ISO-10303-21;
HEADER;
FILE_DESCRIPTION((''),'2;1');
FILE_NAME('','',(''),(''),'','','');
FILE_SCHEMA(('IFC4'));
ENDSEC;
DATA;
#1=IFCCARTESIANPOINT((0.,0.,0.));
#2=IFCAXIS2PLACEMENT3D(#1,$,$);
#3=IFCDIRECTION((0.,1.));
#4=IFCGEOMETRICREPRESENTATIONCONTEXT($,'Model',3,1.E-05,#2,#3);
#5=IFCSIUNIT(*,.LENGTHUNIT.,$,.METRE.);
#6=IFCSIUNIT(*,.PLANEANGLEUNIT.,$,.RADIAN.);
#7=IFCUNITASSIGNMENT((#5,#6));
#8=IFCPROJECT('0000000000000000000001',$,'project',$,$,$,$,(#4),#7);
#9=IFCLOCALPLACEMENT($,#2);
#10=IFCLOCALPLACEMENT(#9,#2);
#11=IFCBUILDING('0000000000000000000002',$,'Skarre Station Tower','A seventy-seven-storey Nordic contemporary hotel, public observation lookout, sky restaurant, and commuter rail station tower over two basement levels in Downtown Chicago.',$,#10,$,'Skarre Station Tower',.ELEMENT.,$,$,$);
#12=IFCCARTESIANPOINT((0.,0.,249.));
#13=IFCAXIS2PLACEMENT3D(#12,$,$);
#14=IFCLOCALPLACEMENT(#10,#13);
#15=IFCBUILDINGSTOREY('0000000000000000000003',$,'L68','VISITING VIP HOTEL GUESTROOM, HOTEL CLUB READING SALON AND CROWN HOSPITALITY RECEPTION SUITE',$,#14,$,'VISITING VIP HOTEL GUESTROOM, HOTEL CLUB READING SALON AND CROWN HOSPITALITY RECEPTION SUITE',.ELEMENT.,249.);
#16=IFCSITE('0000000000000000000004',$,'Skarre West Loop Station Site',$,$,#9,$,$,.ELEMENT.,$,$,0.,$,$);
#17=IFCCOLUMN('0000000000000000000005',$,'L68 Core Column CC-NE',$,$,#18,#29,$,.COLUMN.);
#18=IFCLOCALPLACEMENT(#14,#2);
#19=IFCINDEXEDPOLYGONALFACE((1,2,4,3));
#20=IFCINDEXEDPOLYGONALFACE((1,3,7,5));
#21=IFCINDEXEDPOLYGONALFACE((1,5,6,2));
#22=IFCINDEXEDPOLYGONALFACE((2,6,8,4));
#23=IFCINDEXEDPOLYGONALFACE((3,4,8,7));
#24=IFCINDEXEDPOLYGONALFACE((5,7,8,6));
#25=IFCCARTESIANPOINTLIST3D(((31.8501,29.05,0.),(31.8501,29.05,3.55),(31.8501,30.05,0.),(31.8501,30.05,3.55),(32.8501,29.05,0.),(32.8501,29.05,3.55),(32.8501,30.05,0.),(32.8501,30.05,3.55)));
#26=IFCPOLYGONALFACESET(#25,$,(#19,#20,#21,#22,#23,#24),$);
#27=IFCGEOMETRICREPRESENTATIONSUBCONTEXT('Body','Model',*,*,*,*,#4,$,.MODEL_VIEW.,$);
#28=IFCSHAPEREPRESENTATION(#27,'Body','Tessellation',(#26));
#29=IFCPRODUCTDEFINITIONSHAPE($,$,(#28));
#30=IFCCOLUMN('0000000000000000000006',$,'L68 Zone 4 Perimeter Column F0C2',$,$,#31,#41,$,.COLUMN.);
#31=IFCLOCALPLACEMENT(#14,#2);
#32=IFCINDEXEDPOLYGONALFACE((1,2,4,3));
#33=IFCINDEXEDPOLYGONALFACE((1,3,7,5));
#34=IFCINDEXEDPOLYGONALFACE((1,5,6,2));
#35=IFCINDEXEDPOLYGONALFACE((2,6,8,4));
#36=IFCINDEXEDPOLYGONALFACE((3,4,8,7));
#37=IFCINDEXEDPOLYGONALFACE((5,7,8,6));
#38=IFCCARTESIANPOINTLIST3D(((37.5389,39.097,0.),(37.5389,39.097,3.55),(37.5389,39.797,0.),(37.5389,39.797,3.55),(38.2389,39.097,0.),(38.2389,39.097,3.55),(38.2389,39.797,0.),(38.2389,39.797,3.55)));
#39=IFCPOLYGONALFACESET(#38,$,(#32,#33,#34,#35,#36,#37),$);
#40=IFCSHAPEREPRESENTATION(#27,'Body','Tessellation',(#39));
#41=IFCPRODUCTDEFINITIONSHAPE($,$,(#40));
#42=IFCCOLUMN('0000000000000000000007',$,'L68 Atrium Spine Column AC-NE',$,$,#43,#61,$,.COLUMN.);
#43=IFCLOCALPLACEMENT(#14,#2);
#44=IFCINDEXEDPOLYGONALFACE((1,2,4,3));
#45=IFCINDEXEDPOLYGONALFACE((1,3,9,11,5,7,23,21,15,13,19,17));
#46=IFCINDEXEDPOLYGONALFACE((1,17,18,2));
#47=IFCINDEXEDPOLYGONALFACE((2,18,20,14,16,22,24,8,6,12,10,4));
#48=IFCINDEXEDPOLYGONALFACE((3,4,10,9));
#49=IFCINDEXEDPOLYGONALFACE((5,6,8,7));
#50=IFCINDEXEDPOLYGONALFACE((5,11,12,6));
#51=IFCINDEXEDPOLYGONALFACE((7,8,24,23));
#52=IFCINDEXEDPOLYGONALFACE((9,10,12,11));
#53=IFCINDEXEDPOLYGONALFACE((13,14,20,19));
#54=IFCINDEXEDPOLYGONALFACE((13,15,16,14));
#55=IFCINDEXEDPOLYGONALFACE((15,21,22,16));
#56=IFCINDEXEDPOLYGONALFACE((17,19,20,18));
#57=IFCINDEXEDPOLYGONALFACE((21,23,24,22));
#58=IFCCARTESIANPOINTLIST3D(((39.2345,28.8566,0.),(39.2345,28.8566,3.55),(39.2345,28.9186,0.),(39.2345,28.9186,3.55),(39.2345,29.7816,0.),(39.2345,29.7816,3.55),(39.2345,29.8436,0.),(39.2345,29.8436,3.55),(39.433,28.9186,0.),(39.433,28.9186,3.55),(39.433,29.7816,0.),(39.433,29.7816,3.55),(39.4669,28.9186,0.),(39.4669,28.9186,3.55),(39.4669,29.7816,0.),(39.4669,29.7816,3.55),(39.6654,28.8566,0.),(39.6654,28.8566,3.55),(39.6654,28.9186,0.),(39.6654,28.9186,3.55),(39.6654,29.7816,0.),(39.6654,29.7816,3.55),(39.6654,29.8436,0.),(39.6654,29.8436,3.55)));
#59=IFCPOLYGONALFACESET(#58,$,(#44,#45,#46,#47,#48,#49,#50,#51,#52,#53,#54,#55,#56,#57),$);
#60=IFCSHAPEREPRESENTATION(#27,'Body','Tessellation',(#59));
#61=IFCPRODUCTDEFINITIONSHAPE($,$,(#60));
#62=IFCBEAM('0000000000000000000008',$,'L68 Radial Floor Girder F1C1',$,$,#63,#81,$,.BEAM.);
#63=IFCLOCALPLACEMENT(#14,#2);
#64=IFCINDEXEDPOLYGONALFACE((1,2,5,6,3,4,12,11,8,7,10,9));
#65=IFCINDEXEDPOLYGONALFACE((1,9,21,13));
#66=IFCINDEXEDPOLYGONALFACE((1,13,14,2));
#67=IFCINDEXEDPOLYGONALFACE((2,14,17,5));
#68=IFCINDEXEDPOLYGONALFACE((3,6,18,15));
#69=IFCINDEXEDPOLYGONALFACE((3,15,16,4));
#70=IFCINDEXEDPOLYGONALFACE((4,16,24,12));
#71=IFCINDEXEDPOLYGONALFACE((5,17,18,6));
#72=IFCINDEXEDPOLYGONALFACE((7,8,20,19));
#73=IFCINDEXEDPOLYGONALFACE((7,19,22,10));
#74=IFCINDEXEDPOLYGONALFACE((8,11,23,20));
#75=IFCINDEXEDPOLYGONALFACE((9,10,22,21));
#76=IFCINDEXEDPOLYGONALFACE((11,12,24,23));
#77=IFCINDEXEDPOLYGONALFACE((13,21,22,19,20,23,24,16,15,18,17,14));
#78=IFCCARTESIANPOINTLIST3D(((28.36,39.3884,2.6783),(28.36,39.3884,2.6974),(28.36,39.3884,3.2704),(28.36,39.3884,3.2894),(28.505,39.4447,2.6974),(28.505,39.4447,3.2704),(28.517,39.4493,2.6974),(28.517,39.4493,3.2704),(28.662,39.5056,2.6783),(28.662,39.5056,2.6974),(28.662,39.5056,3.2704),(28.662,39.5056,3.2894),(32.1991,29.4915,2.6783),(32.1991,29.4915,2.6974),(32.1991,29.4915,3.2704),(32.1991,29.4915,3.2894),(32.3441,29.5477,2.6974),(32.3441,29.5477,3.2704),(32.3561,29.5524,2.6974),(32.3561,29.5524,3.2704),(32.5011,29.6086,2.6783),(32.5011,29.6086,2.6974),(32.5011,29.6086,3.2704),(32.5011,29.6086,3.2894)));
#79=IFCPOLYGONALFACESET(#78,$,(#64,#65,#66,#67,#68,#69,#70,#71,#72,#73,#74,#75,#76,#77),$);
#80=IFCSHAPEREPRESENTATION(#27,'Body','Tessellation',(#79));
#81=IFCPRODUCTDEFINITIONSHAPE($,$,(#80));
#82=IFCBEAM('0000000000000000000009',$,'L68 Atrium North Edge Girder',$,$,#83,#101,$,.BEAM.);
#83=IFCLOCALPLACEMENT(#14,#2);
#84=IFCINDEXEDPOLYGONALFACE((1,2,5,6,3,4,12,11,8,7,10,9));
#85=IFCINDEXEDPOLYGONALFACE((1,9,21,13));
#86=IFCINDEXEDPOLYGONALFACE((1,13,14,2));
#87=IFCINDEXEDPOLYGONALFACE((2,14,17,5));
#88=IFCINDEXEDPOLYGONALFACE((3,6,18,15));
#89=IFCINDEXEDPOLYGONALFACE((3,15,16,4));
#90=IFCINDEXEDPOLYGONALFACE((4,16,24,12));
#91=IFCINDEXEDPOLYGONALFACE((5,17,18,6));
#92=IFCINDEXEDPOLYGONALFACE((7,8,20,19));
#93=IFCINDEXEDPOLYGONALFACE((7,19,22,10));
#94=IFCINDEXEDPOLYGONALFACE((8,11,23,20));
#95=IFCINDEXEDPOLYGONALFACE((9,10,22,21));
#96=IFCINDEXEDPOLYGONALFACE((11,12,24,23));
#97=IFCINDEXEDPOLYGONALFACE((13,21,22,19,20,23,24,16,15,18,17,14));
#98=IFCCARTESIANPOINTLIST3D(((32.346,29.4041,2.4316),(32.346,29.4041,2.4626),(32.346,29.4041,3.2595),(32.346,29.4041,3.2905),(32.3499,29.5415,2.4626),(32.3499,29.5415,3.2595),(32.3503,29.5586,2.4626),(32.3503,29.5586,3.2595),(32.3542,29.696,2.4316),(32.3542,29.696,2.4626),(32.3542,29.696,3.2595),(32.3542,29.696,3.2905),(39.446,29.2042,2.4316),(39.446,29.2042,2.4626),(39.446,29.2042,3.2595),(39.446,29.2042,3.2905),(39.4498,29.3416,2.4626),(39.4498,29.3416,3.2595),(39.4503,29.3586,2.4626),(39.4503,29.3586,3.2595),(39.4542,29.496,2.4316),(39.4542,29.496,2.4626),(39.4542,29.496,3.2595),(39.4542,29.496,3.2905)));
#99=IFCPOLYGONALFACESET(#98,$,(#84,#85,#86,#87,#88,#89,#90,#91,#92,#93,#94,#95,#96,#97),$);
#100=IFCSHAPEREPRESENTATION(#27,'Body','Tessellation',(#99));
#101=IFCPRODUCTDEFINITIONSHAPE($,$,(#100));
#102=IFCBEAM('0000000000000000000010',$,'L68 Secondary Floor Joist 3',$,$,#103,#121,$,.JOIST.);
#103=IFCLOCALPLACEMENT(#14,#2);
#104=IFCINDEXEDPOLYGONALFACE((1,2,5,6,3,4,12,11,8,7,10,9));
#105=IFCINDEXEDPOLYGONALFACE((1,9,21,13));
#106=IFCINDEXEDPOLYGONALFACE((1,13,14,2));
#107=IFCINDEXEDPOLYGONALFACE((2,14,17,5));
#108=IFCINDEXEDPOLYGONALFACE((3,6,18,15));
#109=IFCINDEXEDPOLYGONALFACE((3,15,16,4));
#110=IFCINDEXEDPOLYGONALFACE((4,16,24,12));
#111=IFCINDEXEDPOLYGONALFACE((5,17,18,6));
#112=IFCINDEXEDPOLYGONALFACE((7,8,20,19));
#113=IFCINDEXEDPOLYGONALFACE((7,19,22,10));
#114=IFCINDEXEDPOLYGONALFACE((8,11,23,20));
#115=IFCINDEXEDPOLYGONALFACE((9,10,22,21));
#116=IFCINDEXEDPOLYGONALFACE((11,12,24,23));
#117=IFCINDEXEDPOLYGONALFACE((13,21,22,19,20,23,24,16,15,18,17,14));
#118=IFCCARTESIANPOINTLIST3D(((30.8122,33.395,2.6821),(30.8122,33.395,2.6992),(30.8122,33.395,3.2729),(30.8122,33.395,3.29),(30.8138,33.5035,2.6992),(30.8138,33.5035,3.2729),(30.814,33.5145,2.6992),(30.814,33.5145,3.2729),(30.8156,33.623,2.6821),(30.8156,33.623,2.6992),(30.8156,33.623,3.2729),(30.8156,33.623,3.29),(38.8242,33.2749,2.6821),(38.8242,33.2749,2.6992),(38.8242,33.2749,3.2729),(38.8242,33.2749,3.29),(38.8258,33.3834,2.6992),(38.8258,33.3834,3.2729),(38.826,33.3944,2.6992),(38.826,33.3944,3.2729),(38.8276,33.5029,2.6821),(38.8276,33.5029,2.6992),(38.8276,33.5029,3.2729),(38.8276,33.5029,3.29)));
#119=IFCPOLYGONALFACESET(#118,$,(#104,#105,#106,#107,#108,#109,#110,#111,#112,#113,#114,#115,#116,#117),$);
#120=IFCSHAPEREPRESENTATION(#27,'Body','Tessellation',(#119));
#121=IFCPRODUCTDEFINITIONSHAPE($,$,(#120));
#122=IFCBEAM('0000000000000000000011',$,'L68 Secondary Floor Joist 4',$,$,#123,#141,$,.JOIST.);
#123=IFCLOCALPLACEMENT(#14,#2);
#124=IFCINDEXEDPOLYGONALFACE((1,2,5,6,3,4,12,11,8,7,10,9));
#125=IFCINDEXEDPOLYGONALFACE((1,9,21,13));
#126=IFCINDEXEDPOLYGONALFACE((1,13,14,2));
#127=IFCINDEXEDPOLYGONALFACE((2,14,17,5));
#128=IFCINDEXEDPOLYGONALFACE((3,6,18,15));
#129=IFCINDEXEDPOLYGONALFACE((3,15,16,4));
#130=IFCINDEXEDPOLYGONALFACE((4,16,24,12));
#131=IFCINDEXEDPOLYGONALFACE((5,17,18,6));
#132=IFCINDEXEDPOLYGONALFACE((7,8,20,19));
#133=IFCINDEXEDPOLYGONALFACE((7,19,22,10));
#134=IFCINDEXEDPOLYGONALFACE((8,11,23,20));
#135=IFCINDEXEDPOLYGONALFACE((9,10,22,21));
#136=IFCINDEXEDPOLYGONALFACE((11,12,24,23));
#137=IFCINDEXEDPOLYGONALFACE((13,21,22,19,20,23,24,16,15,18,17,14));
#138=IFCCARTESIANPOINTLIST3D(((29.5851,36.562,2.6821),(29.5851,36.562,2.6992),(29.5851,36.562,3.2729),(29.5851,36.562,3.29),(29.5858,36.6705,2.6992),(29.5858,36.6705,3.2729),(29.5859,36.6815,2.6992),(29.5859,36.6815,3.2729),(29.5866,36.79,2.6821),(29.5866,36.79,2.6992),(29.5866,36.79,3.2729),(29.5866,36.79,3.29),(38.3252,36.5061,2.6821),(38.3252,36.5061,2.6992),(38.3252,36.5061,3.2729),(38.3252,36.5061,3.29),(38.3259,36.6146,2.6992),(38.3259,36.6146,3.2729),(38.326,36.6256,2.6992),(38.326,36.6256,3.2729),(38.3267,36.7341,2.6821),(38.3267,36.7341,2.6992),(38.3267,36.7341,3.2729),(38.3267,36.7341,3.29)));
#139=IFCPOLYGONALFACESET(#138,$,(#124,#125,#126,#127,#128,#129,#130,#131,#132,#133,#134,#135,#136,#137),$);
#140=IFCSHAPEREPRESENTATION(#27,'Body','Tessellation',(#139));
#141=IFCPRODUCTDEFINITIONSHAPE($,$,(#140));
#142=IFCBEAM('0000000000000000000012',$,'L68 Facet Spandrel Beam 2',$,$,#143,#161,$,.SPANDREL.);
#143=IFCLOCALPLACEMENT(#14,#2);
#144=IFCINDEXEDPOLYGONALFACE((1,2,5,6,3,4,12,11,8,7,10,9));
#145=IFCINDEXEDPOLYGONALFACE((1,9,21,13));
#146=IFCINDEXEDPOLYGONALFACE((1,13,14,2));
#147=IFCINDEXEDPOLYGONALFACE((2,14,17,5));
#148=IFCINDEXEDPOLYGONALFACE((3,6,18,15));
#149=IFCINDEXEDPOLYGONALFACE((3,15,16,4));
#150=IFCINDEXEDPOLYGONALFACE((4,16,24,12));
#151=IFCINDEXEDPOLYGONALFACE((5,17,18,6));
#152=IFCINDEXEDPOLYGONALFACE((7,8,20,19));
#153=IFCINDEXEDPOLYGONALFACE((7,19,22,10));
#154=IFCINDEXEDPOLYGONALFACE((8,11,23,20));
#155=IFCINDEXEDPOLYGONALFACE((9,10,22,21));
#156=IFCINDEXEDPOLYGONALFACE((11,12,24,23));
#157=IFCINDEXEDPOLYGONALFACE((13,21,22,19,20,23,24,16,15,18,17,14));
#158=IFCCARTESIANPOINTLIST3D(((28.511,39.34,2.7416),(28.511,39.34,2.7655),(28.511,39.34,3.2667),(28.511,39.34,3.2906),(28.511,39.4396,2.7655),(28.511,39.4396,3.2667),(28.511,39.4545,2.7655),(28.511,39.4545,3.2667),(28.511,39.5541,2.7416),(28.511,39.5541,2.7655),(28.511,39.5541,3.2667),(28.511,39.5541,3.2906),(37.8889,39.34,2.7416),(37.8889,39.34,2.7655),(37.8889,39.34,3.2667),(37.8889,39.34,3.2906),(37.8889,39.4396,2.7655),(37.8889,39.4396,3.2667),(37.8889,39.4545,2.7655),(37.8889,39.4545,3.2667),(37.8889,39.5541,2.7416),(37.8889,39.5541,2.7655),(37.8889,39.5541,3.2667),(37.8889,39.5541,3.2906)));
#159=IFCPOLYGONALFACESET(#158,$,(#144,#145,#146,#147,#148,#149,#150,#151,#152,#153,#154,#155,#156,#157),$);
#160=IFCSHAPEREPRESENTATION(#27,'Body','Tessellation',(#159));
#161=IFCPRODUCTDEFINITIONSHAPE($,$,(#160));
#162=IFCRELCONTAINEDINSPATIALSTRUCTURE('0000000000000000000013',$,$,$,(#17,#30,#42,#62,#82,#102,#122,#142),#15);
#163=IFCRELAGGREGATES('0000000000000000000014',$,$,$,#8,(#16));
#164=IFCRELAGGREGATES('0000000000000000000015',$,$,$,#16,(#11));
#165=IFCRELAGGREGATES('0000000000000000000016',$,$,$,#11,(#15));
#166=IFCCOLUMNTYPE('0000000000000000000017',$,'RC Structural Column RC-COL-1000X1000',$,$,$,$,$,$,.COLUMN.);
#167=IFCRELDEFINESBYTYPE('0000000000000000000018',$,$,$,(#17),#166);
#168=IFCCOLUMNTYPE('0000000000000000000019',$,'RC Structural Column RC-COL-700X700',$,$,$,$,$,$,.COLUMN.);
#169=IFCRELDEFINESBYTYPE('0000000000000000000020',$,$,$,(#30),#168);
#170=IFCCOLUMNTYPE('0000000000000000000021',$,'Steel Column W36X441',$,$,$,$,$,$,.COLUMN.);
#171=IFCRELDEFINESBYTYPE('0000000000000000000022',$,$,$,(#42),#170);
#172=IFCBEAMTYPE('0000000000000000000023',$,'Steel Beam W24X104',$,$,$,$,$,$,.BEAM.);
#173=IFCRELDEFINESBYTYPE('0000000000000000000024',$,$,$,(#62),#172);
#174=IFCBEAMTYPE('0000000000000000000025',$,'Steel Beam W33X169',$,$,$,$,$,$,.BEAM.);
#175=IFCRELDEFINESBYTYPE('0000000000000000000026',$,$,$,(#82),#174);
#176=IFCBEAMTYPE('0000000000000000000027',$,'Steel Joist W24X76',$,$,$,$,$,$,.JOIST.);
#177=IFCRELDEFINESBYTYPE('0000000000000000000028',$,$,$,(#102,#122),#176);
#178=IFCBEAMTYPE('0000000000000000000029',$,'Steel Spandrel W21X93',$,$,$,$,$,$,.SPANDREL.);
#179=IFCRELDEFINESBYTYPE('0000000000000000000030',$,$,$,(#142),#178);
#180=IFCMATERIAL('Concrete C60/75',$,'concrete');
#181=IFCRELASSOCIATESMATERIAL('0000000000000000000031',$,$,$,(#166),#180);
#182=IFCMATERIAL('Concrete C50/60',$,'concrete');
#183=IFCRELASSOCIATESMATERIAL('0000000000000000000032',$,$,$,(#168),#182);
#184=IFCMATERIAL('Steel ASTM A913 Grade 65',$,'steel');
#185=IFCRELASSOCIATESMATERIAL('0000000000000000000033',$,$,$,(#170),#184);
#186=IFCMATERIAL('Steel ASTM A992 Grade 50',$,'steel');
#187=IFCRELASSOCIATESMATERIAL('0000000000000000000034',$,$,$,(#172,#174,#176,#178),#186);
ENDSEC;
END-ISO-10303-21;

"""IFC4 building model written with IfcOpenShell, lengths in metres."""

from ifc_helpers import new_model, si_unit, direction, frame, origin, origin_2d, place, context, subcontext, project, spatial, rectangle, i_section, extrude, material, material_profile, profile_set, type_object, element, save


model = new_model("IFC4")

# Units and contexts
model_context = context("Model", 3, precision=1e-05, world=origin(), true_north=direction((0.0, 1.0)))
body_context = subcontext(model_context, "Body", "Model", "MODEL_VIEW")
ifc_project = project(units=[si_unit("LENGTHUNIT", "METRE"), si_unit("PLANEANGLEUNIT", "RADIAN")], contexts=[model_context])

# Site, building, storey
site_placement = place(None, origin())
site = spatial("IfcSite", under=ifc_project, at=site_placement, Name="Skarre West Loop Station Site", CompositionType="ELEMENT", RefElevation=0.0)
building_placement = place(site_placement, origin())
building = spatial("IfcBuilding", under=site, at=building_placement, Name="Skarre Station Tower", Description="A seventy-seven-storey Nordic contemporary hotel, public observation lookout, sky restaurant, and commuter rail station tower over two basement levels in Downtown Chicago.", LongName="Skarre Station Tower", CompositionType="ELEMENT")
storey_placement = place(building_placement, frame((0.0, 0.0, 249.0)))
storey = spatial("IfcBuildingStorey", under=building, at=storey_placement, Name="L68", Description="VISITING VIP HOTEL GUESTROOM, HOTEL CLUB READING SALON AND CROWN HOSPITALITY RECEPTION SUITE", LongName="VISITING VIP HOTEL GUESTROOM, HOTEL CLUB READING SALON AND CROWN HOSPITALITY RECEPTION SUITE", CompositionType="ELEMENT", Elevation=249.0)

# Columns
ifc_material_1 = material(Name="Concrete C60/75", Category="concrete")
ifc_material_profile_1 = material_profile(ifc_material_1, rectangle(XDim=1.0, YDim=1.0, at=origin_2d()), Name="Concrete C60/75")
ifc_profile_set_1 = profile_set([ifc_material_profile_1], Name="Concrete C60/75")
column_type_1 = type_object("IfcColumnType", Name="RC Structural Column RC-COL-1000X1000", PredefinedType="COLUMN", material=ifc_profile_set_1)
column_1_placement = place(storey_placement, frame((32.3501, 29.55, 0.0), z_axis=(0.0, 0.0, 1.0), x_axis=(1.0, 0.0, 0.0)))
element("IfcColumn", 1, at=column_1_placement, inside=storey, type_object=column_type_1, Name="L68 Core Column CC-NE", PredefinedType="COLUMN", context=body_context, shape_type="SweptSolid", body=[
    extrude(rectangle(XDim=1.0, YDim=1.0, at=origin_2d()), origin(), (0.0, 0.0, 1.0), 3.55),
])
ifc_material_2 = material(Name="Concrete C50/60", Category="concrete")
ifc_material_profile_2 = material_profile(ifc_material_2, rectangle(XDim=0.7, YDim=0.7, at=origin_2d()), Name="Concrete C50/60")
ifc_profile_set_2 = profile_set([ifc_material_profile_2], Name="Concrete C50/60")
column_type_2 = type_object("IfcColumnType", Name="RC Structural Column RC-COL-700X700", PredefinedType="COLUMN", material=ifc_profile_set_2)
column_2_placement = place(storey_placement, frame((37.8889, 39.447, 0.0), z_axis=(0.0, 0.0, 1.0), x_axis=(1.0, 0.0, 0.0)))
element("IfcColumn", 2, at=column_2_placement, inside=storey, type_object=column_type_2, Name="L68 Zone 4 Perimeter Column F0C2", PredefinedType="COLUMN", context=body_context, shape_type="SweptSolid", body=[
    extrude(rectangle(XDim=0.7, YDim=0.7, at=origin_2d()), origin(), (0.0, 0.0, 1.0), 3.55),
])
ifc_material_3 = material(Name="Steel ASTM A913 Grade 65", Category="steel")
ifc_material_profile_3 = material_profile(ifc_material_3, i_section(OverallWidth=0.4309, OverallDepth=0.9871, WebThickness=0.0339, FlangeThickness=0.062, at=origin_2d()), Name="Steel ASTM A913 Grade 65")
ifc_profile_set_3 = profile_set([ifc_material_profile_3], Name="Steel ASTM A913 Grade 65")
column_type_3 = type_object("IfcColumnType", Name="Steel Column W36X441", PredefinedType="COLUMN", material=ifc_profile_set_3)
column_3_placement = place(storey_placement, frame((39.45, 29.3501, 0.0), z_axis=(0.0, 0.0, 1.0), x_axis=(1.0, 0.0, 0.0)))
element("IfcColumn", 3, at=column_3_placement, inside=storey, type_object=column_type_3, Name="L68 Atrium Spine Column AC-NE", PredefinedType="COLUMN", context=body_context, shape_type="SweptSolid", body=[
    extrude(i_section(OverallWidth=0.4309, OverallDepth=0.9871, WebThickness=0.0339, FlangeThickness=0.062, at=origin_2d()), origin(), (0.0, 0.0, 1.0), 3.55),
])

# Beams
ifc_material_4 = material(Name="Steel ASTM A992 Grade 50", Category="steel")
ifc_material_profile_4 = material_profile(ifc_material_4, i_section(OverallWidth=0.324, OverallDepth=0.6111, WebThickness=0.0129, FlangeThickness=0.019, at=origin_2d()), Name="Steel ASTM A992 Grade 50")
ifc_profile_set_4 = profile_set([ifc_material_profile_4], Name="Steel ASTM A992 Grade 50")
beam_type_1 = type_object("IfcBeamType", Name="Steel Beam W24X104", PredefinedType="BEAM", material=ifc_profile_set_4)
beam_1_placement = place(storey_placement, frame((32.3501, 29.55, 2.9839), z_axis=(-0.361651, 0.932313, 0.0), x_axis=(-0.932313, -0.361651, 0.0)))
element("IfcBeam", 4, at=beam_1_placement, inside=storey, type_object=beam_type_1, Name="L68 Radial Floor Girder F1C1", PredefinedType="BEAM", context=body_context, shape_type="SweptSolid", body=[
    extrude(i_section(OverallWidth=0.324, OverallDepth=0.6111, WebThickness=0.0129, FlangeThickness=0.019, at=origin_2d()), origin(), (0.0, 0.0, 1.0), 10.6155),
])
ifc_material_profile_5 = material_profile(ifc_material_4, i_section(OverallWidth=0.292, OverallDepth=0.8589, WebThickness=0.0171, FlangeThickness=0.031, at=origin_2d()), Name="Steel ASTM A992 Grade 50")
ifc_profile_set_5 = profile_set([ifc_material_profile_5], Name="Steel ASTM A992 Grade 50")
beam_type_2 = type_object("IfcBeamType", Name="Steel Beam W33X169", PredefinedType="BEAM", material=ifc_profile_set_5)
beam_2_placement = place(storey_placement, frame((32.3501, 29.55, 2.8611), z_axis=(0.999604, -0.028152, 0.0), x_axis=(0.028152, 0.999604, 0.0)))
element("IfcBeam", 5, at=beam_2_placement, inside=storey, type_object=beam_type_2, Name="L68 Atrium North Edge Girder", PredefinedType="BEAM", context=body_context, shape_type="SweptSolid", body=[
    extrude(i_section(OverallWidth=0.292, OverallDepth=0.8589, WebThickness=0.0171, FlangeThickness=0.031, at=origin_2d()), origin(), (0.0, 0.0, 1.0), 7.1028),
])
ifc_material_profile_6 = material_profile(ifc_material_4, i_section(OverallWidth=0.228, OverallDepth=0.6079, WebThickness=0.011, FlangeThickness=0.0171, at=origin_2d()), Name="Steel ASTM A992 Grade 50")
ifc_profile_set_6 = profile_set([ifc_material_profile_6], Name="Steel ASTM A992 Grade 50")
beam_type_3 = type_object("IfcBeamType", Name="Steel Joist W24X76", PredefinedType="JOIST", material=ifc_profile_set_6)
beam_3_placement = place(storey_placement, frame((38.8259, 33.3889, 2.9861), z_axis=(-0.999888, 0.014991, 0.0), x_axis=(-0.014991, -0.999888, 0.0)))
element("IfcBeam", 6, at=beam_3_placement, inside=storey, type_object=beam_type_3, Name="L68 Secondary Floor Joist 3", PredefinedType="JOIST", context=body_context, shape_type="SweptSolid", body=[
    extrude(i_section(OverallWidth=0.228, OverallDepth=0.6079, WebThickness=0.011, FlangeThickness=0.0171, at=origin_2d()), origin(), (0.0, 0.0, 1.0), 8.0129),
])
beam_4_placement = place(storey_placement, frame((38.3259, 36.6201, 2.9861), z_axis=(-0.99998, 0.006397, 0.0), x_axis=(-0.006397, -0.99998, 0.0)))
element("IfcBeam", 7, at=beam_4_placement, inside=storey, type_object=beam_type_3, Name="L68 Secondary Floor Joist 4", PredefinedType="JOIST", context=body_context, shape_type="SweptSolid", body=[
    extrude(i_section(OverallWidth=0.228, OverallDepth=0.6079, WebThickness=0.011, FlangeThickness=0.0171, at=origin_2d()), origin(), (0.0, 0.0, 1.0), 8.7402),
])
ifc_material_profile_7 = material_profile(ifc_material_4, i_section(OverallWidth=0.2141, OverallDepth=0.5491, WebThickness=0.0149, FlangeThickness=0.0239, at=origin_2d()), Name="Steel ASTM A992 Grade 50")
ifc_profile_set_7 = profile_set([ifc_material_profile_7], Name="Steel ASTM A992 Grade 50")
beam_type_4 = type_object("IfcBeamType", Name="Steel Spandrel W21X93", PredefinedType="SPANDREL", material=ifc_profile_set_7)
beam_5_placement = place(storey_placement, frame((37.8889, 39.447, 3.0161), z_axis=(-1.0, 0.0, 0.0), x_axis=(0.0, -1.0, 0.0)))
element("IfcBeam", 8, at=beam_5_placement, inside=storey, type_object=beam_type_4, Name="L68 Facet Spandrel Beam 2", PredefinedType="SPANDREL", context=body_context, shape_type="SweptSolid", body=[
    extrude(i_section(OverallWidth=0.2141, OverallDepth=0.5491, WebThickness=0.0149, FlangeThickness=0.0239, at=origin_2d()), origin(), (0.0, 0.0, 1.0), 9.3779),
])

save(model, "model.ifc")
